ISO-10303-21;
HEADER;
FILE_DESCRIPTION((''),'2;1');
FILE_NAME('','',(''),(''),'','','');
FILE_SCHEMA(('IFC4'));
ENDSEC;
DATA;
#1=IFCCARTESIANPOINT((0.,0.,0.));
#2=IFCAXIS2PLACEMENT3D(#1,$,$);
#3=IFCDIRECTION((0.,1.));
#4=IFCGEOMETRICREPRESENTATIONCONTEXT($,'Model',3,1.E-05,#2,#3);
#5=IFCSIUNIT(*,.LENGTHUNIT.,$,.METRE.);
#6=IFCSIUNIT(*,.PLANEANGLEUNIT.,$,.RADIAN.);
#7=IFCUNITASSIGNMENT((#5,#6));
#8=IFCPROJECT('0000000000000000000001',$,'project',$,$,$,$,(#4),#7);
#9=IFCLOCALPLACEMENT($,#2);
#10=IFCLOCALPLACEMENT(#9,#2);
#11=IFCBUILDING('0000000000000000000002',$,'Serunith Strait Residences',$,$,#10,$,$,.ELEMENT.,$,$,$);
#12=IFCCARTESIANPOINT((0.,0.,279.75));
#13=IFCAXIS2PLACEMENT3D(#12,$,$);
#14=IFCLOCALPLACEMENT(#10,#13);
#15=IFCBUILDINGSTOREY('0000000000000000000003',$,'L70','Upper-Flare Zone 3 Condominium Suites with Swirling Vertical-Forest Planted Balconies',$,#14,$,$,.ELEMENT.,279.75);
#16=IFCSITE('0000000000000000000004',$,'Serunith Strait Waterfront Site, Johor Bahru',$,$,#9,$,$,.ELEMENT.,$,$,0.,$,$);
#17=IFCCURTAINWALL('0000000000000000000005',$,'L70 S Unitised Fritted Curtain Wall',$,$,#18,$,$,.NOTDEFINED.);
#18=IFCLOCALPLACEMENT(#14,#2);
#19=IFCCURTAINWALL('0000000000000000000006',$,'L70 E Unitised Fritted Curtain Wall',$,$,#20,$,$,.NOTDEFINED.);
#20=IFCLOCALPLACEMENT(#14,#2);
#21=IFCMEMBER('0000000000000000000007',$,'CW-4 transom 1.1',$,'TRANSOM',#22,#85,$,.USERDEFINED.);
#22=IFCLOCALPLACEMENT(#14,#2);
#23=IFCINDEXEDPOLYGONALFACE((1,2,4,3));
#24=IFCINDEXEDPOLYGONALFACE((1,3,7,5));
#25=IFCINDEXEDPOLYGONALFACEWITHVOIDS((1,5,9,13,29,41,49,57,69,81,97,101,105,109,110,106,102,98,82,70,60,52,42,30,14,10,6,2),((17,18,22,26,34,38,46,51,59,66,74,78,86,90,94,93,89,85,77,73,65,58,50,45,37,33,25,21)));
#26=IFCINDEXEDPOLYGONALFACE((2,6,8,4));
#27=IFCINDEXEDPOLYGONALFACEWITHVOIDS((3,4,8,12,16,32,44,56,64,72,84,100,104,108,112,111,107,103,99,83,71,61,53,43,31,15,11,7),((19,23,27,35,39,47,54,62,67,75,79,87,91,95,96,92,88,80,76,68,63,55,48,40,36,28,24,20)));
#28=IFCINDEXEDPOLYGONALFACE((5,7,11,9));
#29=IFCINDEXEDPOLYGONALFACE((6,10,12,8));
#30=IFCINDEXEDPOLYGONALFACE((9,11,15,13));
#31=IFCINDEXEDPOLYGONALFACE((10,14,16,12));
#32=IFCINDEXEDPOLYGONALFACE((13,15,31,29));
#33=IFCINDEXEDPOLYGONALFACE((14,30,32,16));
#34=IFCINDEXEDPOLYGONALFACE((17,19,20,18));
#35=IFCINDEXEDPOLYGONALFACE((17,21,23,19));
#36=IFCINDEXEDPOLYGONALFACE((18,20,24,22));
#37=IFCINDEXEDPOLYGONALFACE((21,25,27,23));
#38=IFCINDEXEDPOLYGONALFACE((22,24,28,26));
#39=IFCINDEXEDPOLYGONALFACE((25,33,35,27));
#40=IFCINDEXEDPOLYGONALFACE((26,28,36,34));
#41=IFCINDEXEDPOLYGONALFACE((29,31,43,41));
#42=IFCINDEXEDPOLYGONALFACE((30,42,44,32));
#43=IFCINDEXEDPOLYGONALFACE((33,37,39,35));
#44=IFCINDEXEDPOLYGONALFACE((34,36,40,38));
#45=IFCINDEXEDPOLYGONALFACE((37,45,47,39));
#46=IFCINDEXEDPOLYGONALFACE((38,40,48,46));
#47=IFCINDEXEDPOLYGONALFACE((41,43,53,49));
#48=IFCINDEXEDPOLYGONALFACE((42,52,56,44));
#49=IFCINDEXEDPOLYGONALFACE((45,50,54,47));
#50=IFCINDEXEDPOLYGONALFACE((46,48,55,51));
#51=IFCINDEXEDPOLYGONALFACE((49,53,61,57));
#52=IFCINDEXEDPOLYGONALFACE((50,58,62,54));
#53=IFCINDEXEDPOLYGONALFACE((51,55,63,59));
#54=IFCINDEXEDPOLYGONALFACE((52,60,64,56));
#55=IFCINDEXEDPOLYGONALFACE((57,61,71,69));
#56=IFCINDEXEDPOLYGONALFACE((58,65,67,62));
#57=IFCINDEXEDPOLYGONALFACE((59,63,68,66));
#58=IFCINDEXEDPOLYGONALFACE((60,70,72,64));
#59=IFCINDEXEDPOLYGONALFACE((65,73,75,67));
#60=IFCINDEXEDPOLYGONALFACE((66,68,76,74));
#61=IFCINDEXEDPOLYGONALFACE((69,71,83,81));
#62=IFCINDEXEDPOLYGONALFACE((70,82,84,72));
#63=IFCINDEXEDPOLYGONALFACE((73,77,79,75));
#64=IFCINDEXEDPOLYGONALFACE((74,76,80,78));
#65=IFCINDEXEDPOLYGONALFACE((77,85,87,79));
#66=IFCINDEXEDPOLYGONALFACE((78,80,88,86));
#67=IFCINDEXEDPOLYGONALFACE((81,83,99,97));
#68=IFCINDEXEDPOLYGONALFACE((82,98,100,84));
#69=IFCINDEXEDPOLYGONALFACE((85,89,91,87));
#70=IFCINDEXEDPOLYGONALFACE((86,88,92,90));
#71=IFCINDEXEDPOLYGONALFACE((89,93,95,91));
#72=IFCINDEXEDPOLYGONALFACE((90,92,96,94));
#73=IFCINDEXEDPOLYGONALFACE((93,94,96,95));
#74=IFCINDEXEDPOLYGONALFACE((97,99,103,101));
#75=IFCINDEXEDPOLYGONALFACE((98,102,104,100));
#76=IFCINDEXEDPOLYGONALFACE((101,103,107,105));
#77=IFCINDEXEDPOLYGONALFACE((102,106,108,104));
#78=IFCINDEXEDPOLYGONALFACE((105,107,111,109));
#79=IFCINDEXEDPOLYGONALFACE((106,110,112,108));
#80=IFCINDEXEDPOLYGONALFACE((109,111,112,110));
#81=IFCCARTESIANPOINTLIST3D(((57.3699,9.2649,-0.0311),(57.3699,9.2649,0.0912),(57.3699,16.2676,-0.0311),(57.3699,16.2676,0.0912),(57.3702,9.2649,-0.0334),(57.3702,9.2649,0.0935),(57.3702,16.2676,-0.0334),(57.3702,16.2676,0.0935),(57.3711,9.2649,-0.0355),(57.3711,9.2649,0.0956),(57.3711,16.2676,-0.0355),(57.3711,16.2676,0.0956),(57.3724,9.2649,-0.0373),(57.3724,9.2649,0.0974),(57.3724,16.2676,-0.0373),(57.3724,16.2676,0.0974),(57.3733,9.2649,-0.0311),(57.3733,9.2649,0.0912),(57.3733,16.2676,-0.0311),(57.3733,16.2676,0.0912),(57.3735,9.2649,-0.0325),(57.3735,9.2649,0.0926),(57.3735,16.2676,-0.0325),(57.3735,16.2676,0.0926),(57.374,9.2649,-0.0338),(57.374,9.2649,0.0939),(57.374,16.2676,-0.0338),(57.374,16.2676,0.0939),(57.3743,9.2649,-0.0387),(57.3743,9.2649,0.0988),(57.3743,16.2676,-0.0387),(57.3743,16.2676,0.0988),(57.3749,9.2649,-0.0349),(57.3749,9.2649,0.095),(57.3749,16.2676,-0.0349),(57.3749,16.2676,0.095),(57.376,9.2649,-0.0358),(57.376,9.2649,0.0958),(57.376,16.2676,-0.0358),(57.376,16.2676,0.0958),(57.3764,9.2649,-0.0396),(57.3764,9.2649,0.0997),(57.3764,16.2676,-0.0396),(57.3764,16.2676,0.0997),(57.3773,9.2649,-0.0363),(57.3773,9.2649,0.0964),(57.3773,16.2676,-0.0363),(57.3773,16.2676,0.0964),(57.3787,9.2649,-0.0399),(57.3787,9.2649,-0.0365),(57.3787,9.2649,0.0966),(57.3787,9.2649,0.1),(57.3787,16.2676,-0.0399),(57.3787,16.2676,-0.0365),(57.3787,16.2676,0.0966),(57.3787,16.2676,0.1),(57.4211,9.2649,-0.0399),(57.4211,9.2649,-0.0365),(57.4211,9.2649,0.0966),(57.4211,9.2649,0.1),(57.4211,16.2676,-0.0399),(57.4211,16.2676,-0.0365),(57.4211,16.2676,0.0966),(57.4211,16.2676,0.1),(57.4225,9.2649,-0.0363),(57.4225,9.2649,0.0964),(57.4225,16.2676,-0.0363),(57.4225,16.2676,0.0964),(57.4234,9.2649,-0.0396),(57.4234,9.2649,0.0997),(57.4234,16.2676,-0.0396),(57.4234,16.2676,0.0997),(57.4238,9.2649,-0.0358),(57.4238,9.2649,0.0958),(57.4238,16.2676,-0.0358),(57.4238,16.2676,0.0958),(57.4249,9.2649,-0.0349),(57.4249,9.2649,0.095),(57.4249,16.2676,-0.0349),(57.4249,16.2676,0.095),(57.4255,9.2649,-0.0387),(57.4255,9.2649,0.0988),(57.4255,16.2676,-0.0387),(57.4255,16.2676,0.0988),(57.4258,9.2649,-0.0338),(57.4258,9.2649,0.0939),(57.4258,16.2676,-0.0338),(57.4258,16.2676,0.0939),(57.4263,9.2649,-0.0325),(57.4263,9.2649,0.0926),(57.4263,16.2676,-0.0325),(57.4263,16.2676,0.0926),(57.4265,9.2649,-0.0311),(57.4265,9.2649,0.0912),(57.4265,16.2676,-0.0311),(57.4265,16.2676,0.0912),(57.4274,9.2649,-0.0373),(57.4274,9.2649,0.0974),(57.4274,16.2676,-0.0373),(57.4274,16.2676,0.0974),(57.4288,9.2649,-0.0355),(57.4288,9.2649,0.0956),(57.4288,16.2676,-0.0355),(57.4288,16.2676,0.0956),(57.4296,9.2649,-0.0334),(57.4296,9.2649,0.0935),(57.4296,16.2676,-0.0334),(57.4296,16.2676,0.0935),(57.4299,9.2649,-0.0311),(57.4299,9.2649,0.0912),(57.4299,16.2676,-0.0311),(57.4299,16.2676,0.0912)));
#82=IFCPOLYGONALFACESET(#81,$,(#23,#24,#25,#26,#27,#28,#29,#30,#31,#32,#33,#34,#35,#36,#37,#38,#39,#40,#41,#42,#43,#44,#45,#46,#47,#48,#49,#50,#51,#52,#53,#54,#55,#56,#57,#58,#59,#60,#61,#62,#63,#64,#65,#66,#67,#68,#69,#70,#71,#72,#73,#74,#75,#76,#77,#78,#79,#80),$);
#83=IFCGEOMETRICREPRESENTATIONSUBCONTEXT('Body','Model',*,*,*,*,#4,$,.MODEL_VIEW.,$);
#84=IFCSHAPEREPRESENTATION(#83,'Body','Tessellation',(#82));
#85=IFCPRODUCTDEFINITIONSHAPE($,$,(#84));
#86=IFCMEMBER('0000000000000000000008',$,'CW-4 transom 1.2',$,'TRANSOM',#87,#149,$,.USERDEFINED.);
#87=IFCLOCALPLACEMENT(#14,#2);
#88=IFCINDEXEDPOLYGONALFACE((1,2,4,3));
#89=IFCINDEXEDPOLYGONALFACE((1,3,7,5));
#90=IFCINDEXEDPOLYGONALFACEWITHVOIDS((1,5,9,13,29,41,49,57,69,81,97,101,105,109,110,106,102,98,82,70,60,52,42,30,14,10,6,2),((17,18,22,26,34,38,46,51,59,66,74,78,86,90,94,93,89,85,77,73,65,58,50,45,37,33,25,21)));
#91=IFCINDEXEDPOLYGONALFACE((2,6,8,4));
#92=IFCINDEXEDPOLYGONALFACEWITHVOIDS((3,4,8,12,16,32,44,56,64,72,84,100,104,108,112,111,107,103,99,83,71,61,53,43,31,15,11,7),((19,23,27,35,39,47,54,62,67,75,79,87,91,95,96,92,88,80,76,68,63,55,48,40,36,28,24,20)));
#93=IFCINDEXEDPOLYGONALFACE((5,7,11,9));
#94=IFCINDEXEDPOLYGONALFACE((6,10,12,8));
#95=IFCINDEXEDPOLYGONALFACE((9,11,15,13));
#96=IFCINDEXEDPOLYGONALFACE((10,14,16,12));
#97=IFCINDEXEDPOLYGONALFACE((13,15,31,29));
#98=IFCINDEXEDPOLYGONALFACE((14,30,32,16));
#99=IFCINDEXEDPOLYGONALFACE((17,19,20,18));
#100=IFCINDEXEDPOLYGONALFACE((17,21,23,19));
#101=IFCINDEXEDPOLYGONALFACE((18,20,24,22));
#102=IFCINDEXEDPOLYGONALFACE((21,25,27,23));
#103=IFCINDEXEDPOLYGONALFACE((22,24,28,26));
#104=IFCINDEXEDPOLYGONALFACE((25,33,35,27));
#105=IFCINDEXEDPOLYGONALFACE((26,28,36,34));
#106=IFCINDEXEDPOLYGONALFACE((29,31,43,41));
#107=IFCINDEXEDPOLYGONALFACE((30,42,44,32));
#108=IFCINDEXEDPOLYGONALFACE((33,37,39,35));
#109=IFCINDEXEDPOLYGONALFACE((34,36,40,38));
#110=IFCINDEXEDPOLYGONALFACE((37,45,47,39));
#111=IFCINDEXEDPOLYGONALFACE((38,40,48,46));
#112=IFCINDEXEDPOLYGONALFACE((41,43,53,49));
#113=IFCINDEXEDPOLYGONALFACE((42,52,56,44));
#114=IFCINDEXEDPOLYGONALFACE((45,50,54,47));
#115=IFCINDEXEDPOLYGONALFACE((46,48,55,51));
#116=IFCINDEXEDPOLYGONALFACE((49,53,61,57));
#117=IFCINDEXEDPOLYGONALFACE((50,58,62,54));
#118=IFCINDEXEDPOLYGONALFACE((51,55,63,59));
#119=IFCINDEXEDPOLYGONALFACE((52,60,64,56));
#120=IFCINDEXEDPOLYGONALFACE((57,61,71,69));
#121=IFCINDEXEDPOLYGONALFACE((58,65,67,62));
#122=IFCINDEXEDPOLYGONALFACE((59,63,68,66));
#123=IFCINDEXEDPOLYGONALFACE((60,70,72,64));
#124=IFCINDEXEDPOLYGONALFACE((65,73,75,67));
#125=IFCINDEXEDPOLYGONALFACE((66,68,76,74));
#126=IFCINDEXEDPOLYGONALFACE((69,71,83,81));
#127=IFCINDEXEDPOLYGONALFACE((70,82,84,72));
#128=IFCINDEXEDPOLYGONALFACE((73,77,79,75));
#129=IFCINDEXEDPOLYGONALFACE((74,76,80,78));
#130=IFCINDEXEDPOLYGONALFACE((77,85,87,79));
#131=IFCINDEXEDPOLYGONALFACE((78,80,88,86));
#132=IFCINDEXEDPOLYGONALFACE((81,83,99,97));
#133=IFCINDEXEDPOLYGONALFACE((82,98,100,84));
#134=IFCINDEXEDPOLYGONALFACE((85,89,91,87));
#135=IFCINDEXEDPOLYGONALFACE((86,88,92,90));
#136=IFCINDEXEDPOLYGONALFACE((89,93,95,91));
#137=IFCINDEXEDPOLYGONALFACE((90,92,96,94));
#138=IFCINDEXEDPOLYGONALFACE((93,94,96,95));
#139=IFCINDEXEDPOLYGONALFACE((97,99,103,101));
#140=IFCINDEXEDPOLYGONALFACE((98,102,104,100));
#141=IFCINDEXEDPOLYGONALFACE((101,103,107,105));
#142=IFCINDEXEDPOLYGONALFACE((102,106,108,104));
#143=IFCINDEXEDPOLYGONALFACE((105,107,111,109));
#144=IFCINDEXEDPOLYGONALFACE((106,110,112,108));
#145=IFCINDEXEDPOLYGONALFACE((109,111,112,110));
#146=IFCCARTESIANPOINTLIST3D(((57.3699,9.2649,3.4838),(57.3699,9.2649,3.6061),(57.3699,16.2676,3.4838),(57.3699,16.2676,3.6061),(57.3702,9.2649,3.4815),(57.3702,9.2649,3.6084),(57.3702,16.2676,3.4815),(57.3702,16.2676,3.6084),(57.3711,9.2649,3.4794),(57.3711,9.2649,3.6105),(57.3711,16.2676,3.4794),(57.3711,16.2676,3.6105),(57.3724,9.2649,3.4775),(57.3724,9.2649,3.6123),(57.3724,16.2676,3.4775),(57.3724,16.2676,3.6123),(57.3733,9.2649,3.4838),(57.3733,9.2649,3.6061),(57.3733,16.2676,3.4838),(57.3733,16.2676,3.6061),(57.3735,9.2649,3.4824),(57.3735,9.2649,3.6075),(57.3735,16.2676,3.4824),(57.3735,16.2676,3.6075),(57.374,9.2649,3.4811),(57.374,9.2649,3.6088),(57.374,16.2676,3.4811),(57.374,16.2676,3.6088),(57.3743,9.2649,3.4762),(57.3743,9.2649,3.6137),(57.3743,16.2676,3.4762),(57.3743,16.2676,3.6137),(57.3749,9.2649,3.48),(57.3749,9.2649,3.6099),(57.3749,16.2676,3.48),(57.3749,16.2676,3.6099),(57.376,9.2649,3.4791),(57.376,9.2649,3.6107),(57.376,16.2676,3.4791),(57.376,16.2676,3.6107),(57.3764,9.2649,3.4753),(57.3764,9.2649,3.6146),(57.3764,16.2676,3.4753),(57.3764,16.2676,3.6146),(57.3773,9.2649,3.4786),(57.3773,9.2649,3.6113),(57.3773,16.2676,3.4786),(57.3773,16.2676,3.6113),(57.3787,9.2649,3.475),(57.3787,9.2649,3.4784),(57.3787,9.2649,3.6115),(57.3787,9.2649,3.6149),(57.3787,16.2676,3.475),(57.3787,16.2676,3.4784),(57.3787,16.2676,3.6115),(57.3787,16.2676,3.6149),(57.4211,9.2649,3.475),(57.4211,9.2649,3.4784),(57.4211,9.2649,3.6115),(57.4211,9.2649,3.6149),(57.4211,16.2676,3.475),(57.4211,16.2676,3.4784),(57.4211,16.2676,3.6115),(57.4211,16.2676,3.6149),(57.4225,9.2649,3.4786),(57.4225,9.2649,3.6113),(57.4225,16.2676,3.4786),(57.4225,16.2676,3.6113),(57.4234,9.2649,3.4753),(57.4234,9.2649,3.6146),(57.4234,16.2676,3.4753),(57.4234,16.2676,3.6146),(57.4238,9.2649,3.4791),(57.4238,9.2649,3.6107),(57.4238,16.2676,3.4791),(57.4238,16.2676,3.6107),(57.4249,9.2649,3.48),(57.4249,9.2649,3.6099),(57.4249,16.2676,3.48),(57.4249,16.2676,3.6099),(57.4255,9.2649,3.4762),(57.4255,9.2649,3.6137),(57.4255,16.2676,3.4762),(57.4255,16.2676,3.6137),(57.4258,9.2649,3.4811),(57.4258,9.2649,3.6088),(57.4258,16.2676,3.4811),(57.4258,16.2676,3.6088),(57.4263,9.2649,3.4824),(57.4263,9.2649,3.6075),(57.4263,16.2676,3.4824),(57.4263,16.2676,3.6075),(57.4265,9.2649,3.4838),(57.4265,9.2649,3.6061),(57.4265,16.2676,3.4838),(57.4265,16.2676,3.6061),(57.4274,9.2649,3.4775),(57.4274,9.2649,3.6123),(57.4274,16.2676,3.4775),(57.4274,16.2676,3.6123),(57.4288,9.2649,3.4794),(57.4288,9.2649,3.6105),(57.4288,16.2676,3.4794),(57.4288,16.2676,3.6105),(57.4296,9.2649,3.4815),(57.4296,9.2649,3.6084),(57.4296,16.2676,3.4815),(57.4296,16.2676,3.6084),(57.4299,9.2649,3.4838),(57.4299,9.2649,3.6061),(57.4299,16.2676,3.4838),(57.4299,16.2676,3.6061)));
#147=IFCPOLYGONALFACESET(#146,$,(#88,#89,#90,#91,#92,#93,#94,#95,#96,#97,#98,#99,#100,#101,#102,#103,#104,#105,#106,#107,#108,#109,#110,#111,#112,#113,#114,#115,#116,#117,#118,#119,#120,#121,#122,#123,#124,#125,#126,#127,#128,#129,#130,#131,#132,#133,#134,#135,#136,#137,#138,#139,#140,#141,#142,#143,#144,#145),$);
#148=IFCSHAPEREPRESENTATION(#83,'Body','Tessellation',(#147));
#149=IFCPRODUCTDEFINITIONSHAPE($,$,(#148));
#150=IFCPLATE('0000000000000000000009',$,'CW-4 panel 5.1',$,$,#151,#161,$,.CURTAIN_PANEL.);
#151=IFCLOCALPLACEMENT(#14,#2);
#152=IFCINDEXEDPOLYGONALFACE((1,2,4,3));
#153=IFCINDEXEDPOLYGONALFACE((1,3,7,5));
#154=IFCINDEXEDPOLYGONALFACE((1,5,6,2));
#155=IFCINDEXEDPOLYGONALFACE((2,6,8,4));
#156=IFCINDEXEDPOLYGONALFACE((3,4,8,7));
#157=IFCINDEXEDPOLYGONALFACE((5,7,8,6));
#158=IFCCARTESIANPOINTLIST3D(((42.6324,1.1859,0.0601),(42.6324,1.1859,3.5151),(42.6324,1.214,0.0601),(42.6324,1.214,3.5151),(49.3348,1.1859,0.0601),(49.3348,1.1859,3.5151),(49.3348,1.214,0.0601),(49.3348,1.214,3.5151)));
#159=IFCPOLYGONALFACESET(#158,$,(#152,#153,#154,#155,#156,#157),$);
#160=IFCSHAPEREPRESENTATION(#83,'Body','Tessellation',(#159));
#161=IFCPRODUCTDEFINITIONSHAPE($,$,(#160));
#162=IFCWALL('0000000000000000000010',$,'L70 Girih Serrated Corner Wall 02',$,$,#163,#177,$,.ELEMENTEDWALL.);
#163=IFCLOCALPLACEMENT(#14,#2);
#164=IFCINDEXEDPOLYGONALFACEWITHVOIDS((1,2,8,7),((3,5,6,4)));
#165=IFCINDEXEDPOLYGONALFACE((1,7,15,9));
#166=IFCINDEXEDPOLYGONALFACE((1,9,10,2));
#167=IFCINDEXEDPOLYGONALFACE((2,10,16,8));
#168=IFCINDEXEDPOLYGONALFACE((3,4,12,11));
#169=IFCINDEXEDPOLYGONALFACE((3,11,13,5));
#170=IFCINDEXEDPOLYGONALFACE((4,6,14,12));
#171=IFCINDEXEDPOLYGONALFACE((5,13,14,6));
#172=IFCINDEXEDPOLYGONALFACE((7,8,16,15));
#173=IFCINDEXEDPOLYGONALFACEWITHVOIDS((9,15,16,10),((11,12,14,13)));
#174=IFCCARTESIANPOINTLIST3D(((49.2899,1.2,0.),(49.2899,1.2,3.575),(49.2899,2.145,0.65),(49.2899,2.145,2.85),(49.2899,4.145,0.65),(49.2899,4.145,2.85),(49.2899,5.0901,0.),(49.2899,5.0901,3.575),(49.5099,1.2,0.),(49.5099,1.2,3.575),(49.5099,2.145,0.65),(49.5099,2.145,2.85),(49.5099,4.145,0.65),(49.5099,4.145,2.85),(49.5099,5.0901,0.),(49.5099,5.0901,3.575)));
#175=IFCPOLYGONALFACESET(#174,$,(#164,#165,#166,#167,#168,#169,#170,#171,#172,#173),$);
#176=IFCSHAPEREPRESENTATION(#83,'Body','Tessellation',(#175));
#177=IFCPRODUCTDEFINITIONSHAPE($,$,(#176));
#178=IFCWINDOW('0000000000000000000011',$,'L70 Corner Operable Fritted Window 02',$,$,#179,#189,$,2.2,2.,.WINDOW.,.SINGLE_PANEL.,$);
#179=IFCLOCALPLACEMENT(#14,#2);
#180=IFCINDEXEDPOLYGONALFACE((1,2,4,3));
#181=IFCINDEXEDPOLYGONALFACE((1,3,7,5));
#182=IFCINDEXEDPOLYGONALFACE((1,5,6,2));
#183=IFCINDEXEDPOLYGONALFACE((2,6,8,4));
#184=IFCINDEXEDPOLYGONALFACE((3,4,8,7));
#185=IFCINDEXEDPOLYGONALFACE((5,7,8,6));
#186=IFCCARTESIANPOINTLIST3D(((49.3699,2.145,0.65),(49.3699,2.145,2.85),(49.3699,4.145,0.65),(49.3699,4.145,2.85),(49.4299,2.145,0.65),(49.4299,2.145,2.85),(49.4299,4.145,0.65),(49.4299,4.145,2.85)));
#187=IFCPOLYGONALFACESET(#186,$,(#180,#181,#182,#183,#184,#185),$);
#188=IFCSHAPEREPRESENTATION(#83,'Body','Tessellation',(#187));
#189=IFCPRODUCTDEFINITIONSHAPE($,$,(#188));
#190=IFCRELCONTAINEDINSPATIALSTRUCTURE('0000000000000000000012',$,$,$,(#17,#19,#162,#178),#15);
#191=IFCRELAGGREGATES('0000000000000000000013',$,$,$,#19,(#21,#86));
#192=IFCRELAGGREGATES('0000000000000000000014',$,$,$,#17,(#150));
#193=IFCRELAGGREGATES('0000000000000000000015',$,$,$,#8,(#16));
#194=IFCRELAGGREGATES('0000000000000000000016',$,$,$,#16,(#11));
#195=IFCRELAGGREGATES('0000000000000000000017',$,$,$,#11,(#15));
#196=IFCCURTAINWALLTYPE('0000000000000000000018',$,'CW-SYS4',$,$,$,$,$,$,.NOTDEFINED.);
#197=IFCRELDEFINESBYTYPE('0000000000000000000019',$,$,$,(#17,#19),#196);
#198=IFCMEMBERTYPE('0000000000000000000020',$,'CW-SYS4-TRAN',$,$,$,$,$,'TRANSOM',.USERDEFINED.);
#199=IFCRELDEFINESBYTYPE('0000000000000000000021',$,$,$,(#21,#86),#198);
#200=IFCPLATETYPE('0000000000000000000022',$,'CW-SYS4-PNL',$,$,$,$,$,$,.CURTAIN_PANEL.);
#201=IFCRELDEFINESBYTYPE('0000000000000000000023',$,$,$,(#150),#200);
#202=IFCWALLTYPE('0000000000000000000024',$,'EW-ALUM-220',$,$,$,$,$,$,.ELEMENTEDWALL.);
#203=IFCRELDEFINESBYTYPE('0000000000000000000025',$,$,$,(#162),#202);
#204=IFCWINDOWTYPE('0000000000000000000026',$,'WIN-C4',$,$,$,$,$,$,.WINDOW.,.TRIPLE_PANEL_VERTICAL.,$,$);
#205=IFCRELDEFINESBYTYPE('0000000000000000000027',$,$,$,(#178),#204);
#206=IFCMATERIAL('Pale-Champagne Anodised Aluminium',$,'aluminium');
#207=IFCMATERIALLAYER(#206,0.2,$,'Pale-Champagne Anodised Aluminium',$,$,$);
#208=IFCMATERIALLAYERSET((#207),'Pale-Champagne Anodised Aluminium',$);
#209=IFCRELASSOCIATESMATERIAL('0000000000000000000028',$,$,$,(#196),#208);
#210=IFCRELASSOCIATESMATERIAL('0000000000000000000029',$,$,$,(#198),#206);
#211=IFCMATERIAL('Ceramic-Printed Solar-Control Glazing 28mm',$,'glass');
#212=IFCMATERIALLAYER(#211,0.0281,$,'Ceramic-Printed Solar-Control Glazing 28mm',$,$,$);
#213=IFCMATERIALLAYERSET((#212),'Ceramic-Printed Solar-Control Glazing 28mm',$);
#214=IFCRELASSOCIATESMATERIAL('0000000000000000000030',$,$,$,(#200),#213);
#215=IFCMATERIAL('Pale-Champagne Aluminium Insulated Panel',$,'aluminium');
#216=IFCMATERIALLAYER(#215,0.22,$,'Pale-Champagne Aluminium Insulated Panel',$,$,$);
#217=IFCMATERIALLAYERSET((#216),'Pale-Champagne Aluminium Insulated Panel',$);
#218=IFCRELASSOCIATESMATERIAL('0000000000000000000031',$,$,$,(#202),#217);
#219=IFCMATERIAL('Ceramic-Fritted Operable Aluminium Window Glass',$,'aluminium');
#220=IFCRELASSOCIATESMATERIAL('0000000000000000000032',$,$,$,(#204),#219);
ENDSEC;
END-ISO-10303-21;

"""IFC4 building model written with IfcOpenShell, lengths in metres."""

from ifc_helpers import new_model, si_unit, direction, frame, frame_2d, origin, origin_2d, place, context, subcontext, project, spatial, rectangle, hollow_rectangle, extrude, source, transform, mapped, material, layer, layer_set, material_profile, profile_set, type_object, element, fill, aggregate, save


model = new_model("IFC4")

# Units and contexts
model_context = context("Model", 3, precision=1e-05, world=origin(), true_north=direction((0.0, 1.0)))
body_context = subcontext(model_context, "Body", "Model", "MODEL_VIEW")
ifc_project = project(units=[si_unit("LENGTHUNIT", "METRE"), si_unit("PLANEANGLEUNIT", "RADIAN")], contexts=[model_context])

# Site, building, storey
site_placement = place(None, origin())
site = spatial("IfcSite", under=ifc_project, at=site_placement, Name="Serunith Strait Waterfront Site, Johor Bahru", CompositionType="ELEMENT", RefElevation=0.0)
building_placement = place(site_placement, origin())
building = spatial("IfcBuilding", under=site, at=building_placement, Name="Serunith Strait Residences", CompositionType="ELEMENT")
storey_placement = place(building_placement, frame((0.0, 0.0, 279.75)))
storey = spatial("IfcBuildingStorey", under=building, at=storey_placement, Name="L70", Description="Upper-Flare Zone 3 Condominium Suites with Swirling Vertical-Forest Planted Balconies", CompositionType="ELEMENT", Elevation=279.75)

# Curtain wall
ifc_material_1 = material(Name="Pale-Champagne Anodised Aluminium", Category="aluminium")
ifc_layer_1 = layer(ifc_material_1, 0.2, Name="Pale-Champagne Anodised Aluminium")
ifc_layer_set_1 = layer_set([ifc_layer_1], Name="Pale-Champagne Anodised Aluminium")
curtain_wall_type = type_object("IfcCurtainWallType", Name="CW-SYS4", PredefinedType="NOTDEFINED", material=ifc_layer_set_1)
curtain_wall_1_placement = place(storey_placement, origin())
curtain_wall_1 = element("IfcCurtainWall", 1, at=curtain_wall_1_placement, inside=storey, type_object=curtain_wall_type, Name="L70 S Unitised Fritted Curtain Wall", PredefinedType="NOTDEFINED")

# Curtain wall, members
curtain_wall_2_placement = place(storey_placement, origin())
curtain_wall_2 = element("IfcCurtainWall", 2, at=curtain_wall_2_placement, inside=storey, type_object=curtain_wall_type, Name="L70 E Unitised Fritted Curtain Wall", PredefinedType="NOTDEFINED")
ifc_material_profile_1 = material_profile(ifc_material_1, hollow_rectangle(XDim=0.0601, YDim=0.1399, WallThickness=0.0034, InnerFilletRadius=0.0054, OuterFilletRadius=0.0088, at=origin_2d()), Name="ALU 140x60x3.5")
ifc_profile_set_1 = profile_set([ifc_material_profile_1], Name="Pale-Champagne Anodised Aluminium")
member_type_1 = type_object("IfcMemberType", Name="CW-SYS4-TRAN", ElementType="TRANSOM", PredefinedType="USERDEFINED", material=ifc_profile_set_1)
shared_shape_1 = source(origin(), body_context, "Body", "SweptSolid", [
    extrude(hollow_rectangle(XDim=0.0601, YDim=0.1399, WallThickness=0.0034, InnerFilletRadius=0.0054, OuterFilletRadius=0.0088, at=origin_2d()), origin(), (0.0, 0.0, 1.0), 7.0027),
])
member_1_placement = place(storey_placement, frame((57.3999, 9.2649, 0.03), z_axis=(0.0, 1.0, 0.0), x_axis=(-1.0, 0.0, 0.0)))
member_1 = element("IfcMember", 3, at=member_1_placement, type_object=member_type_1, Name="CW-4 transom 1.1", ObjectType="TRANSOM", PredefinedType="USERDEFINED", context=body_context, shape_type="MappedRepresentation", body=[
    mapped(shared_shape_1, transform((0.0, 0.0, 0.0), scale=1.0)),
])
member_2_placement = place(storey_placement, frame((57.3999, 9.2649, 3.5449), z_axis=(0.0, 1.0, 0.0), x_axis=(-1.0, 0.0, 0.0)))
member_2 = element("IfcMember", 4, at=member_2_placement, type_object=member_type_1, Name="CW-4 transom 1.2", ObjectType="TRANSOM", PredefinedType="USERDEFINED", context=body_context, shape_type="MappedRepresentation", body=[
    mapped(shared_shape_1, transform((0.0, 0.0, 0.0), scale=1.0)),
])
aggregate(curtain_wall_2, [member_1, member_2])

# Plate
ifc_material_2 = material(Name="Ceramic-Printed Solar-Control Glazing 28mm", Category="glass")
ifc_layer_2 = layer(ifc_material_2, 0.0281, Name="Ceramic-Printed Solar-Control Glazing 28mm")
ifc_layer_set_2 = layer_set([ifc_layer_2], Name="Ceramic-Printed Solar-Control Glazing 28mm")
plate_type = type_object("IfcPlateType", Name="CW-SYS4-PNL", PredefinedType="CURTAIN_PANEL", material=ifc_layer_set_2)
shared_shape_2 = source(origin(), body_context, "Body", "SweptSolid", [
    extrude(rectangle(XDim=6.7024, YDim=0.0281, at=origin_2d()), origin(), (0.0, 0.0, 1.0), 3.4551),
])
plate_placement = place(storey_placement, frame((45.9836, 1.2, 0.0601), z_axis=(0.0, 0.0, 1.0), x_axis=(1.0, 0.0, 0.0)))
plate = element("IfcPlate", 5, at=plate_placement, type_object=plate_type, Name="CW-4 panel 5.1", PredefinedType="CURTAIN_PANEL", context=body_context, shape_type="MappedRepresentation", body=[
    mapped(shared_shape_2, transform((0.0, 0.0, 0.0), scale=1.0)),
])
aggregate(curtain_wall_1, [plate])

# Wall, opening, window
ifc_material_3 = material(Name="Pale-Champagne Aluminium Insulated Panel", Category="aluminium")
ifc_layer_3 = layer(ifc_material_3, 0.22, Name="Pale-Champagne Aluminium Insulated Panel")
ifc_layer_set_3 = layer_set([ifc_layer_3], Name="Pale-Champagne Aluminium Insulated Panel")
wall_type_1 = type_object("IfcWallType", Name="EW-ALUM-220", PredefinedType="ELEMENTEDWALL", material=ifc_layer_set_3)
wall_1_placement = place(storey_placement, frame((49.3999, 1.2, 0.0), z_axis=(0.0, 0.0, 1.0), x_axis=(0.0, 1.0, 0.0)))
wall_1 = element("IfcWall", 6, at=wall_1_placement, inside=storey, type_object=wall_type_1, Name="L70 Girih Serrated Corner Wall 02", PredefinedType="ELEMENTEDWALL", context=body_context, shape_type="SweptSolid", body=[
    extrude(rectangle(XDim=3.8901, YDim=0.22, at=frame_2d((1.9451, 0.0))), origin(), (0.0, 0.0, 1.0), 3.575),
])
opening_1_placement = place(wall_1_placement, frame((0.9451, 0.0, 0.6499)))
opening_1 = element("IfcOpeningElement", 7, at=opening_1_placement, cuts=wall_1, PredefinedType="OPENING", context=body_context, shape_type="SweptSolid", body=[
    extrude(rectangle(XDim=2.0, YDim=2.2, at=frame_2d((1.0, 1.1001))), frame((0.0, 0.1201, 0.0), z_axis=(0.0, -1.0, 0.0), x_axis=(1.0, 0.0, 0.0)), (0.0, 0.0, 1.0), 0.24),
])
ifc_material_4 = material(Name="Ceramic-Fritted Operable Aluminium Window Glass", Category="aluminium")
window_type = type_object("IfcWindowType", Name="WIN-C4", PartitioningType="TRIPLE_PANEL_VERTICAL", PredefinedType="WINDOW", material=ifc_material_4)
shared_shape_3 = source(origin(), body_context, "Body", "SweptSolid", [
    extrude(rectangle(XDim=2.0, YDim=2.2, at=frame_2d((1.0, 1.1001))), frame((0.0, 0.03, 0.0), z_axis=(0.0, -1.0, 0.0), x_axis=(1.0, 0.0, 0.0)), (0.0, 0.0, 1.0), 0.0601),
])
window_1_placement = place(opening_1_placement, origin())
window_1 = element("IfcWindow", 8, at=window_1_placement, inside=storey, type_object=window_type, Name="L70 Corner Operable Fritted Window 02", OverallHeight=2.2, OverallWidth=2.0, PartitioningType="SINGLE_PANEL", PredefinedType="WINDOW", context=body_context, shape_type="MappedRepresentation", body=[
    mapped(shared_shape_3, transform((0.0, 0.0, 0.0), scale=1.0)),
])
fill(opening_1, window_1)

save(model, "model.ifc")
